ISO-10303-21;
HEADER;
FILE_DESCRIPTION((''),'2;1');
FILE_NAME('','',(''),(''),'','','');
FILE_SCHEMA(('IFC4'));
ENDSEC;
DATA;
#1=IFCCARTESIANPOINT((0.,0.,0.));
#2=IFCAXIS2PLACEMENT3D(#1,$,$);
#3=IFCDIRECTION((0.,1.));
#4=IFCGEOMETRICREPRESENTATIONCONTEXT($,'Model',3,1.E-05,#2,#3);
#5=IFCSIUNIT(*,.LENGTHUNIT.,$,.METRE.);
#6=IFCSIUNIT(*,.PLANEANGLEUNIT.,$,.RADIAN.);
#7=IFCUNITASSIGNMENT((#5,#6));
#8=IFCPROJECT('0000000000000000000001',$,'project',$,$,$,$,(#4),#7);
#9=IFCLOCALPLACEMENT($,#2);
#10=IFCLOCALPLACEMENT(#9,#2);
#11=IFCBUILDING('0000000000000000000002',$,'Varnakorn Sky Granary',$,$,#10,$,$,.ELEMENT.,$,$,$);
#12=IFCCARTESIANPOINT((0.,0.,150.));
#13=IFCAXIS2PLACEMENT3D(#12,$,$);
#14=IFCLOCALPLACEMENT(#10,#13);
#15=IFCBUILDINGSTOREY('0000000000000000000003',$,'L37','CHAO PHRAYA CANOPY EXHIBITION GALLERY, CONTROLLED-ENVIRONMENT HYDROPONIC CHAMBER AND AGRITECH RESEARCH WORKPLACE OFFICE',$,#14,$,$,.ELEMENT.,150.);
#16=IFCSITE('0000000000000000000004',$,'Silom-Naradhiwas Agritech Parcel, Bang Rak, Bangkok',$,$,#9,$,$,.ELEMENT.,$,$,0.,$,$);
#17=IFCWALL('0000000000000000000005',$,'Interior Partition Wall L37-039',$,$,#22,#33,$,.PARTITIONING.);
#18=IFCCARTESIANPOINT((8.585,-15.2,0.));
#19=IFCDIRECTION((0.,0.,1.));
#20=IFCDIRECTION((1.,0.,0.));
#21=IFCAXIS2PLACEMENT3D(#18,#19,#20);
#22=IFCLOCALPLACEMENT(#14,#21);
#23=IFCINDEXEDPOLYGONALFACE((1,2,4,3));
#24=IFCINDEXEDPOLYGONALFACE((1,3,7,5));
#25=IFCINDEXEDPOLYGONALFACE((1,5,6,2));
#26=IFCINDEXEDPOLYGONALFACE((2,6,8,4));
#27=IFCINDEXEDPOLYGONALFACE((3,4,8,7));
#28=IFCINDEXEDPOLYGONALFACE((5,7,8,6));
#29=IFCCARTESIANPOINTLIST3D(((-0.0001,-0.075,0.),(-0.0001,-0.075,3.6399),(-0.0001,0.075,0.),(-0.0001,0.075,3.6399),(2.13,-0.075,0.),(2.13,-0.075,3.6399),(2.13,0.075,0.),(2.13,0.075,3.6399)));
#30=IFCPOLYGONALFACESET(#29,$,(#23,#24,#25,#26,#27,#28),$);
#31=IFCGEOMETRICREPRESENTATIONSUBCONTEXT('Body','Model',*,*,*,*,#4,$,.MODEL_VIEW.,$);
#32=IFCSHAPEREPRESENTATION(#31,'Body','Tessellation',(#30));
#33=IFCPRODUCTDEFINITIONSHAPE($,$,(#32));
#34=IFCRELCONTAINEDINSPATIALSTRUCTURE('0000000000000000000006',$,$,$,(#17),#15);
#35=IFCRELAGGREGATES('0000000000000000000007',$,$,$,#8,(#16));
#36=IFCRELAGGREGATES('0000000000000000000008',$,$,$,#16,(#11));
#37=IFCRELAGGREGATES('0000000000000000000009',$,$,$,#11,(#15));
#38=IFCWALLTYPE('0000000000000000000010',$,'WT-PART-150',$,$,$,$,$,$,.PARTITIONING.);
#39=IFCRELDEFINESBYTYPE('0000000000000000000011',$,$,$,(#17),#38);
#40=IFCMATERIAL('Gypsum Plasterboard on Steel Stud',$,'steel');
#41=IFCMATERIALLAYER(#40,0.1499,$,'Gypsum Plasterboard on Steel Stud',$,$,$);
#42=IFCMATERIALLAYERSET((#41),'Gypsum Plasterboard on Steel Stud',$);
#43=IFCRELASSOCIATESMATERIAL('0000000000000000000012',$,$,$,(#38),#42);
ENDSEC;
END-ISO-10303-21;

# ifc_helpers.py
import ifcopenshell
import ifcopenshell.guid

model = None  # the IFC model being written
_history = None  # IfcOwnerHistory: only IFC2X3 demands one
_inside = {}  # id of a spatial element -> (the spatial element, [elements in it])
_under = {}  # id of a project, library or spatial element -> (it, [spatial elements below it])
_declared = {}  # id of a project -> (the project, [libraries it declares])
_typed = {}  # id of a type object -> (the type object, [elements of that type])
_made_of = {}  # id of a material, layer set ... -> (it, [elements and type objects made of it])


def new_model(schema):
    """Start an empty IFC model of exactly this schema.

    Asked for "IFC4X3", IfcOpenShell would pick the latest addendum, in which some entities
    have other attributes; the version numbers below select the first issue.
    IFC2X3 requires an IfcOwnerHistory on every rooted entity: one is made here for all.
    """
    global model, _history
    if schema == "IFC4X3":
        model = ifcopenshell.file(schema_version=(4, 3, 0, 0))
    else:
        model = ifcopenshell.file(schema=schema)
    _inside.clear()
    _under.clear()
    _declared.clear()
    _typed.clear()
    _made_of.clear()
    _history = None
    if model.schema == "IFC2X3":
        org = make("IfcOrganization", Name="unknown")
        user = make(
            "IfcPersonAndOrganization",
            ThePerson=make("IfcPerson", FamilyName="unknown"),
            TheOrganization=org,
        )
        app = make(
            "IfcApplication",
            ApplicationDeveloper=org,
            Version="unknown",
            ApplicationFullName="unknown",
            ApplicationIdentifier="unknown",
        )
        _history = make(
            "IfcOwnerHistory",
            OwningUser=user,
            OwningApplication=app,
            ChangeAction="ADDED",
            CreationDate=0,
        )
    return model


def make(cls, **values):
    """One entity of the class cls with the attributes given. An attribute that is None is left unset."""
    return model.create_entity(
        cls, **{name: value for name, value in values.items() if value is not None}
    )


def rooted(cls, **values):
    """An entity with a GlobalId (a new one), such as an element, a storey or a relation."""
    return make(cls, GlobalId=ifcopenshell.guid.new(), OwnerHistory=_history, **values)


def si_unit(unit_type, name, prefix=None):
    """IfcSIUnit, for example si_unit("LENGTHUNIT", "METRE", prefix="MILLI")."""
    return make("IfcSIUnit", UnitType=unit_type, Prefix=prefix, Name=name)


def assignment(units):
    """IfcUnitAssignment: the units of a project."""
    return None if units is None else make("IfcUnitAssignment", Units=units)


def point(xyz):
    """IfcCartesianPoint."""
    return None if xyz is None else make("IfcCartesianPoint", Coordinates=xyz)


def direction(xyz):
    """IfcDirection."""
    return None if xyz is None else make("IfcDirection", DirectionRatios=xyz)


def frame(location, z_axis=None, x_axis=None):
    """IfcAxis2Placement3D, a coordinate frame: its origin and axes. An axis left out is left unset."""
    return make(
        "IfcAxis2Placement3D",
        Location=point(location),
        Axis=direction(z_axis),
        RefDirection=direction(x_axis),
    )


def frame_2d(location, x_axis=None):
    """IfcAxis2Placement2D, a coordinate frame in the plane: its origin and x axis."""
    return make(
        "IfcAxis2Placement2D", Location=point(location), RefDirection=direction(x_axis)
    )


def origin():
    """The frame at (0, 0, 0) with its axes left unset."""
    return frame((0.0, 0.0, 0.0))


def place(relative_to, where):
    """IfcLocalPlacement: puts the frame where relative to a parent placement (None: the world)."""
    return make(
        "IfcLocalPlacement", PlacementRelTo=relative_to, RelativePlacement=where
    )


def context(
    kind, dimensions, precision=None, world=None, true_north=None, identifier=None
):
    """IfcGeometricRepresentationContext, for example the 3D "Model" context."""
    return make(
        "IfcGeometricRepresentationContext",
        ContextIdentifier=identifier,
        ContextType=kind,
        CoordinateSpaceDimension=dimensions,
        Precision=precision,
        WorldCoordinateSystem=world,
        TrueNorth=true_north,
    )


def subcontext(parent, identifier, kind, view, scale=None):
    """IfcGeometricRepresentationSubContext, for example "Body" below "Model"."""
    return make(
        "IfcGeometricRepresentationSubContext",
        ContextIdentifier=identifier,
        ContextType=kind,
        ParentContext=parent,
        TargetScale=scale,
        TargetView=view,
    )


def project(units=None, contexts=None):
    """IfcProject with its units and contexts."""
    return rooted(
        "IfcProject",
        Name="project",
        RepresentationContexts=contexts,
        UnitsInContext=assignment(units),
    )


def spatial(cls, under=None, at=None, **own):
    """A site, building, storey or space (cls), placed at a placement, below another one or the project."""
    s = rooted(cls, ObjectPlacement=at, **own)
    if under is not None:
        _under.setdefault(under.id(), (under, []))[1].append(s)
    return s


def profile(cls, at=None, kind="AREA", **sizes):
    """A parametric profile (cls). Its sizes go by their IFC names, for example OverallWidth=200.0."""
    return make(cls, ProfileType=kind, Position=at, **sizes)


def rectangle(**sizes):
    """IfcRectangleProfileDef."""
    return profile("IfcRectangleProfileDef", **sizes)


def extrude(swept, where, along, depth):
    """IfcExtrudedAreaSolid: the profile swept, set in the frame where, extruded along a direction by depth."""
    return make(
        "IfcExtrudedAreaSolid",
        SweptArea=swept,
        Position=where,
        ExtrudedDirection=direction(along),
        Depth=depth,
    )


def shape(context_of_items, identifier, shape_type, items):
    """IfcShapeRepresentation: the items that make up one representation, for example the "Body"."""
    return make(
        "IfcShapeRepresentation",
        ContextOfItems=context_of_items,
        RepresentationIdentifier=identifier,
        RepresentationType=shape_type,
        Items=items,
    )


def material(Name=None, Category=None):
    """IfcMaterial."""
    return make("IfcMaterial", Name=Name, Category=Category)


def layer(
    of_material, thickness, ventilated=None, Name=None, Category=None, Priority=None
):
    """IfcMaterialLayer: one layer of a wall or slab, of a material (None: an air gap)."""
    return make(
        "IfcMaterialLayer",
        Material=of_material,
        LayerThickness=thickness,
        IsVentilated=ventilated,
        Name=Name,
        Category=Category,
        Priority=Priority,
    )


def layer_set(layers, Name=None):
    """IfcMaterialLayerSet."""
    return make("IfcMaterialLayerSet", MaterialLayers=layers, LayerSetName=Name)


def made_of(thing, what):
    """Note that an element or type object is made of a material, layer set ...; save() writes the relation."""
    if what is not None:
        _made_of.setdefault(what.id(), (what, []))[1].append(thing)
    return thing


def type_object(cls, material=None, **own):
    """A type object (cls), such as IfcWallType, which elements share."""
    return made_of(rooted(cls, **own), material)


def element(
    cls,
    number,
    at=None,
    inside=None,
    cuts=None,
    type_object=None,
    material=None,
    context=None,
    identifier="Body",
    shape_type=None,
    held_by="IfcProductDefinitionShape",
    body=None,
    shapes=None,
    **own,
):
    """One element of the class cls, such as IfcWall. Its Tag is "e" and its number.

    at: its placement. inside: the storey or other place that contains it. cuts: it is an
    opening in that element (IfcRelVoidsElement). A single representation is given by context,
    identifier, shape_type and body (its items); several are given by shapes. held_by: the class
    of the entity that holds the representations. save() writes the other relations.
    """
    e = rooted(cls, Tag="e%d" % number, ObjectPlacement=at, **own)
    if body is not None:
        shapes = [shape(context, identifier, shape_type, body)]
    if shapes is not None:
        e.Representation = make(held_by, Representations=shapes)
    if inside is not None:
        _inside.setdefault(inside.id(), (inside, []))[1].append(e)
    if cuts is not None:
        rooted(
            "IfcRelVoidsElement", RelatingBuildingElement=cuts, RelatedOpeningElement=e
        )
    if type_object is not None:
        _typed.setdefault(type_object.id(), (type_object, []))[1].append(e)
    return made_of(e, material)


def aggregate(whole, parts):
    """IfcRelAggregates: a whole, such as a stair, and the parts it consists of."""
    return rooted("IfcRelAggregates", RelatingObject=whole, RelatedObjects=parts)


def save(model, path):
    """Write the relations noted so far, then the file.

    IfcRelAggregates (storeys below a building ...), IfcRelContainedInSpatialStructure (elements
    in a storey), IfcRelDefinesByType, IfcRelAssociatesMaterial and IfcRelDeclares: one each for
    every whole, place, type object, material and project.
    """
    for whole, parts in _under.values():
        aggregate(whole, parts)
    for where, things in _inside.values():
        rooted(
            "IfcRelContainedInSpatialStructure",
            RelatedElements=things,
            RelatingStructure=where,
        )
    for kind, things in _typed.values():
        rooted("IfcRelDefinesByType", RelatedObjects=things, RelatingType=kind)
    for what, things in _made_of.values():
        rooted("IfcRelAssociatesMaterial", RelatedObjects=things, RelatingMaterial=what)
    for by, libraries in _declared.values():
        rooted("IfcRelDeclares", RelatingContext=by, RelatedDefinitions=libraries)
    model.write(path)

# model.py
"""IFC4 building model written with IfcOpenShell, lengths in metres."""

from ifc_helpers import new_model, si_unit, direction, frame, frame_2d, origin, place, context, subcontext, project, spatial, rectangle, extrude, material, layer, layer_set, type_object, element, save


model = new_model("IFC4")

# Units and contexts
model_context = context("Model", 3, precision=1e-05, world=origin(), true_north=direction((0.0, 1.0)))
body_context = subcontext(model_context, "Body", "Model", "MODEL_VIEW")
ifc_project = project(units=[si_unit("LENGTHUNIT", "METRE"), si_unit("PLANEANGLEUNIT", "RADIAN")], contexts=[model_context])

# Site, building, storey
site_placement = place(None, origin())
site = spatial("IfcSite", under=ifc_project, at=site_placement, Name="Silom-Naradhiwas Agritech Parcel, Bang Rak, Bangkok", CompositionType="ELEMENT", RefElevation=0.0)
building_placement = place(site_placement, origin())
building = spatial("IfcBuilding", under=site, at=building_placement, Name="Varnakorn Sky Granary", CompositionType="ELEMENT")
storey_placement = place(building_placement, frame((0.0, 0.0, 150.0)))
storey = spatial("IfcBuildingStorey", under=building, at=storey_placement, Name="L37", Description="CHAO PHRAYA CANOPY EXHIBITION GALLERY, CONTROLLED-ENVIRONMENT HYDROPONIC CHAMBER AND AGRITECH RESEARCH WORKPLACE OFFICE", CompositionType="ELEMENT", Elevation=150.0)

# Shared definitions
ifc_material_1 = material(Name="Gypsum Plasterboard on Steel Stud", Category="steel")
ifc_layer_1 = layer(ifc_material_1, 0.1499, Name="Gypsum Plasterboard on Steel Stud")
ifc_layer_set_1 = layer_set([ifc_layer_1], Name="Gypsum Plasterboard on Steel Stud")
wall_type = type_object("IfcWallType", Name="WT-PART-150", PredefinedType="PARTITIONING", material=ifc_layer_set_1)

# Wall
wall_1_placement = place(storey_placement, frame((8.585, -15.2, 0.0), z_axis=(0.0, 0.0, 1.0), x_axis=(1.0, 0.0, 0.0)))
element("IfcWall", 1, at=wall_1_placement, inside=storey, type_object=wall_type, Name="Interior Partition Wall L37-039", PredefinedType="PARTITIONING", context=body_context, shape_type="SweptSolid", body=[
    extrude(rectangle(XDim=2.1301, YDim=0.1499, at=frame_2d((1.0649, 0.0))), origin(), (0.0, 0.0, 1.0), 3.6399),
])

save(model, "model.ifc")
